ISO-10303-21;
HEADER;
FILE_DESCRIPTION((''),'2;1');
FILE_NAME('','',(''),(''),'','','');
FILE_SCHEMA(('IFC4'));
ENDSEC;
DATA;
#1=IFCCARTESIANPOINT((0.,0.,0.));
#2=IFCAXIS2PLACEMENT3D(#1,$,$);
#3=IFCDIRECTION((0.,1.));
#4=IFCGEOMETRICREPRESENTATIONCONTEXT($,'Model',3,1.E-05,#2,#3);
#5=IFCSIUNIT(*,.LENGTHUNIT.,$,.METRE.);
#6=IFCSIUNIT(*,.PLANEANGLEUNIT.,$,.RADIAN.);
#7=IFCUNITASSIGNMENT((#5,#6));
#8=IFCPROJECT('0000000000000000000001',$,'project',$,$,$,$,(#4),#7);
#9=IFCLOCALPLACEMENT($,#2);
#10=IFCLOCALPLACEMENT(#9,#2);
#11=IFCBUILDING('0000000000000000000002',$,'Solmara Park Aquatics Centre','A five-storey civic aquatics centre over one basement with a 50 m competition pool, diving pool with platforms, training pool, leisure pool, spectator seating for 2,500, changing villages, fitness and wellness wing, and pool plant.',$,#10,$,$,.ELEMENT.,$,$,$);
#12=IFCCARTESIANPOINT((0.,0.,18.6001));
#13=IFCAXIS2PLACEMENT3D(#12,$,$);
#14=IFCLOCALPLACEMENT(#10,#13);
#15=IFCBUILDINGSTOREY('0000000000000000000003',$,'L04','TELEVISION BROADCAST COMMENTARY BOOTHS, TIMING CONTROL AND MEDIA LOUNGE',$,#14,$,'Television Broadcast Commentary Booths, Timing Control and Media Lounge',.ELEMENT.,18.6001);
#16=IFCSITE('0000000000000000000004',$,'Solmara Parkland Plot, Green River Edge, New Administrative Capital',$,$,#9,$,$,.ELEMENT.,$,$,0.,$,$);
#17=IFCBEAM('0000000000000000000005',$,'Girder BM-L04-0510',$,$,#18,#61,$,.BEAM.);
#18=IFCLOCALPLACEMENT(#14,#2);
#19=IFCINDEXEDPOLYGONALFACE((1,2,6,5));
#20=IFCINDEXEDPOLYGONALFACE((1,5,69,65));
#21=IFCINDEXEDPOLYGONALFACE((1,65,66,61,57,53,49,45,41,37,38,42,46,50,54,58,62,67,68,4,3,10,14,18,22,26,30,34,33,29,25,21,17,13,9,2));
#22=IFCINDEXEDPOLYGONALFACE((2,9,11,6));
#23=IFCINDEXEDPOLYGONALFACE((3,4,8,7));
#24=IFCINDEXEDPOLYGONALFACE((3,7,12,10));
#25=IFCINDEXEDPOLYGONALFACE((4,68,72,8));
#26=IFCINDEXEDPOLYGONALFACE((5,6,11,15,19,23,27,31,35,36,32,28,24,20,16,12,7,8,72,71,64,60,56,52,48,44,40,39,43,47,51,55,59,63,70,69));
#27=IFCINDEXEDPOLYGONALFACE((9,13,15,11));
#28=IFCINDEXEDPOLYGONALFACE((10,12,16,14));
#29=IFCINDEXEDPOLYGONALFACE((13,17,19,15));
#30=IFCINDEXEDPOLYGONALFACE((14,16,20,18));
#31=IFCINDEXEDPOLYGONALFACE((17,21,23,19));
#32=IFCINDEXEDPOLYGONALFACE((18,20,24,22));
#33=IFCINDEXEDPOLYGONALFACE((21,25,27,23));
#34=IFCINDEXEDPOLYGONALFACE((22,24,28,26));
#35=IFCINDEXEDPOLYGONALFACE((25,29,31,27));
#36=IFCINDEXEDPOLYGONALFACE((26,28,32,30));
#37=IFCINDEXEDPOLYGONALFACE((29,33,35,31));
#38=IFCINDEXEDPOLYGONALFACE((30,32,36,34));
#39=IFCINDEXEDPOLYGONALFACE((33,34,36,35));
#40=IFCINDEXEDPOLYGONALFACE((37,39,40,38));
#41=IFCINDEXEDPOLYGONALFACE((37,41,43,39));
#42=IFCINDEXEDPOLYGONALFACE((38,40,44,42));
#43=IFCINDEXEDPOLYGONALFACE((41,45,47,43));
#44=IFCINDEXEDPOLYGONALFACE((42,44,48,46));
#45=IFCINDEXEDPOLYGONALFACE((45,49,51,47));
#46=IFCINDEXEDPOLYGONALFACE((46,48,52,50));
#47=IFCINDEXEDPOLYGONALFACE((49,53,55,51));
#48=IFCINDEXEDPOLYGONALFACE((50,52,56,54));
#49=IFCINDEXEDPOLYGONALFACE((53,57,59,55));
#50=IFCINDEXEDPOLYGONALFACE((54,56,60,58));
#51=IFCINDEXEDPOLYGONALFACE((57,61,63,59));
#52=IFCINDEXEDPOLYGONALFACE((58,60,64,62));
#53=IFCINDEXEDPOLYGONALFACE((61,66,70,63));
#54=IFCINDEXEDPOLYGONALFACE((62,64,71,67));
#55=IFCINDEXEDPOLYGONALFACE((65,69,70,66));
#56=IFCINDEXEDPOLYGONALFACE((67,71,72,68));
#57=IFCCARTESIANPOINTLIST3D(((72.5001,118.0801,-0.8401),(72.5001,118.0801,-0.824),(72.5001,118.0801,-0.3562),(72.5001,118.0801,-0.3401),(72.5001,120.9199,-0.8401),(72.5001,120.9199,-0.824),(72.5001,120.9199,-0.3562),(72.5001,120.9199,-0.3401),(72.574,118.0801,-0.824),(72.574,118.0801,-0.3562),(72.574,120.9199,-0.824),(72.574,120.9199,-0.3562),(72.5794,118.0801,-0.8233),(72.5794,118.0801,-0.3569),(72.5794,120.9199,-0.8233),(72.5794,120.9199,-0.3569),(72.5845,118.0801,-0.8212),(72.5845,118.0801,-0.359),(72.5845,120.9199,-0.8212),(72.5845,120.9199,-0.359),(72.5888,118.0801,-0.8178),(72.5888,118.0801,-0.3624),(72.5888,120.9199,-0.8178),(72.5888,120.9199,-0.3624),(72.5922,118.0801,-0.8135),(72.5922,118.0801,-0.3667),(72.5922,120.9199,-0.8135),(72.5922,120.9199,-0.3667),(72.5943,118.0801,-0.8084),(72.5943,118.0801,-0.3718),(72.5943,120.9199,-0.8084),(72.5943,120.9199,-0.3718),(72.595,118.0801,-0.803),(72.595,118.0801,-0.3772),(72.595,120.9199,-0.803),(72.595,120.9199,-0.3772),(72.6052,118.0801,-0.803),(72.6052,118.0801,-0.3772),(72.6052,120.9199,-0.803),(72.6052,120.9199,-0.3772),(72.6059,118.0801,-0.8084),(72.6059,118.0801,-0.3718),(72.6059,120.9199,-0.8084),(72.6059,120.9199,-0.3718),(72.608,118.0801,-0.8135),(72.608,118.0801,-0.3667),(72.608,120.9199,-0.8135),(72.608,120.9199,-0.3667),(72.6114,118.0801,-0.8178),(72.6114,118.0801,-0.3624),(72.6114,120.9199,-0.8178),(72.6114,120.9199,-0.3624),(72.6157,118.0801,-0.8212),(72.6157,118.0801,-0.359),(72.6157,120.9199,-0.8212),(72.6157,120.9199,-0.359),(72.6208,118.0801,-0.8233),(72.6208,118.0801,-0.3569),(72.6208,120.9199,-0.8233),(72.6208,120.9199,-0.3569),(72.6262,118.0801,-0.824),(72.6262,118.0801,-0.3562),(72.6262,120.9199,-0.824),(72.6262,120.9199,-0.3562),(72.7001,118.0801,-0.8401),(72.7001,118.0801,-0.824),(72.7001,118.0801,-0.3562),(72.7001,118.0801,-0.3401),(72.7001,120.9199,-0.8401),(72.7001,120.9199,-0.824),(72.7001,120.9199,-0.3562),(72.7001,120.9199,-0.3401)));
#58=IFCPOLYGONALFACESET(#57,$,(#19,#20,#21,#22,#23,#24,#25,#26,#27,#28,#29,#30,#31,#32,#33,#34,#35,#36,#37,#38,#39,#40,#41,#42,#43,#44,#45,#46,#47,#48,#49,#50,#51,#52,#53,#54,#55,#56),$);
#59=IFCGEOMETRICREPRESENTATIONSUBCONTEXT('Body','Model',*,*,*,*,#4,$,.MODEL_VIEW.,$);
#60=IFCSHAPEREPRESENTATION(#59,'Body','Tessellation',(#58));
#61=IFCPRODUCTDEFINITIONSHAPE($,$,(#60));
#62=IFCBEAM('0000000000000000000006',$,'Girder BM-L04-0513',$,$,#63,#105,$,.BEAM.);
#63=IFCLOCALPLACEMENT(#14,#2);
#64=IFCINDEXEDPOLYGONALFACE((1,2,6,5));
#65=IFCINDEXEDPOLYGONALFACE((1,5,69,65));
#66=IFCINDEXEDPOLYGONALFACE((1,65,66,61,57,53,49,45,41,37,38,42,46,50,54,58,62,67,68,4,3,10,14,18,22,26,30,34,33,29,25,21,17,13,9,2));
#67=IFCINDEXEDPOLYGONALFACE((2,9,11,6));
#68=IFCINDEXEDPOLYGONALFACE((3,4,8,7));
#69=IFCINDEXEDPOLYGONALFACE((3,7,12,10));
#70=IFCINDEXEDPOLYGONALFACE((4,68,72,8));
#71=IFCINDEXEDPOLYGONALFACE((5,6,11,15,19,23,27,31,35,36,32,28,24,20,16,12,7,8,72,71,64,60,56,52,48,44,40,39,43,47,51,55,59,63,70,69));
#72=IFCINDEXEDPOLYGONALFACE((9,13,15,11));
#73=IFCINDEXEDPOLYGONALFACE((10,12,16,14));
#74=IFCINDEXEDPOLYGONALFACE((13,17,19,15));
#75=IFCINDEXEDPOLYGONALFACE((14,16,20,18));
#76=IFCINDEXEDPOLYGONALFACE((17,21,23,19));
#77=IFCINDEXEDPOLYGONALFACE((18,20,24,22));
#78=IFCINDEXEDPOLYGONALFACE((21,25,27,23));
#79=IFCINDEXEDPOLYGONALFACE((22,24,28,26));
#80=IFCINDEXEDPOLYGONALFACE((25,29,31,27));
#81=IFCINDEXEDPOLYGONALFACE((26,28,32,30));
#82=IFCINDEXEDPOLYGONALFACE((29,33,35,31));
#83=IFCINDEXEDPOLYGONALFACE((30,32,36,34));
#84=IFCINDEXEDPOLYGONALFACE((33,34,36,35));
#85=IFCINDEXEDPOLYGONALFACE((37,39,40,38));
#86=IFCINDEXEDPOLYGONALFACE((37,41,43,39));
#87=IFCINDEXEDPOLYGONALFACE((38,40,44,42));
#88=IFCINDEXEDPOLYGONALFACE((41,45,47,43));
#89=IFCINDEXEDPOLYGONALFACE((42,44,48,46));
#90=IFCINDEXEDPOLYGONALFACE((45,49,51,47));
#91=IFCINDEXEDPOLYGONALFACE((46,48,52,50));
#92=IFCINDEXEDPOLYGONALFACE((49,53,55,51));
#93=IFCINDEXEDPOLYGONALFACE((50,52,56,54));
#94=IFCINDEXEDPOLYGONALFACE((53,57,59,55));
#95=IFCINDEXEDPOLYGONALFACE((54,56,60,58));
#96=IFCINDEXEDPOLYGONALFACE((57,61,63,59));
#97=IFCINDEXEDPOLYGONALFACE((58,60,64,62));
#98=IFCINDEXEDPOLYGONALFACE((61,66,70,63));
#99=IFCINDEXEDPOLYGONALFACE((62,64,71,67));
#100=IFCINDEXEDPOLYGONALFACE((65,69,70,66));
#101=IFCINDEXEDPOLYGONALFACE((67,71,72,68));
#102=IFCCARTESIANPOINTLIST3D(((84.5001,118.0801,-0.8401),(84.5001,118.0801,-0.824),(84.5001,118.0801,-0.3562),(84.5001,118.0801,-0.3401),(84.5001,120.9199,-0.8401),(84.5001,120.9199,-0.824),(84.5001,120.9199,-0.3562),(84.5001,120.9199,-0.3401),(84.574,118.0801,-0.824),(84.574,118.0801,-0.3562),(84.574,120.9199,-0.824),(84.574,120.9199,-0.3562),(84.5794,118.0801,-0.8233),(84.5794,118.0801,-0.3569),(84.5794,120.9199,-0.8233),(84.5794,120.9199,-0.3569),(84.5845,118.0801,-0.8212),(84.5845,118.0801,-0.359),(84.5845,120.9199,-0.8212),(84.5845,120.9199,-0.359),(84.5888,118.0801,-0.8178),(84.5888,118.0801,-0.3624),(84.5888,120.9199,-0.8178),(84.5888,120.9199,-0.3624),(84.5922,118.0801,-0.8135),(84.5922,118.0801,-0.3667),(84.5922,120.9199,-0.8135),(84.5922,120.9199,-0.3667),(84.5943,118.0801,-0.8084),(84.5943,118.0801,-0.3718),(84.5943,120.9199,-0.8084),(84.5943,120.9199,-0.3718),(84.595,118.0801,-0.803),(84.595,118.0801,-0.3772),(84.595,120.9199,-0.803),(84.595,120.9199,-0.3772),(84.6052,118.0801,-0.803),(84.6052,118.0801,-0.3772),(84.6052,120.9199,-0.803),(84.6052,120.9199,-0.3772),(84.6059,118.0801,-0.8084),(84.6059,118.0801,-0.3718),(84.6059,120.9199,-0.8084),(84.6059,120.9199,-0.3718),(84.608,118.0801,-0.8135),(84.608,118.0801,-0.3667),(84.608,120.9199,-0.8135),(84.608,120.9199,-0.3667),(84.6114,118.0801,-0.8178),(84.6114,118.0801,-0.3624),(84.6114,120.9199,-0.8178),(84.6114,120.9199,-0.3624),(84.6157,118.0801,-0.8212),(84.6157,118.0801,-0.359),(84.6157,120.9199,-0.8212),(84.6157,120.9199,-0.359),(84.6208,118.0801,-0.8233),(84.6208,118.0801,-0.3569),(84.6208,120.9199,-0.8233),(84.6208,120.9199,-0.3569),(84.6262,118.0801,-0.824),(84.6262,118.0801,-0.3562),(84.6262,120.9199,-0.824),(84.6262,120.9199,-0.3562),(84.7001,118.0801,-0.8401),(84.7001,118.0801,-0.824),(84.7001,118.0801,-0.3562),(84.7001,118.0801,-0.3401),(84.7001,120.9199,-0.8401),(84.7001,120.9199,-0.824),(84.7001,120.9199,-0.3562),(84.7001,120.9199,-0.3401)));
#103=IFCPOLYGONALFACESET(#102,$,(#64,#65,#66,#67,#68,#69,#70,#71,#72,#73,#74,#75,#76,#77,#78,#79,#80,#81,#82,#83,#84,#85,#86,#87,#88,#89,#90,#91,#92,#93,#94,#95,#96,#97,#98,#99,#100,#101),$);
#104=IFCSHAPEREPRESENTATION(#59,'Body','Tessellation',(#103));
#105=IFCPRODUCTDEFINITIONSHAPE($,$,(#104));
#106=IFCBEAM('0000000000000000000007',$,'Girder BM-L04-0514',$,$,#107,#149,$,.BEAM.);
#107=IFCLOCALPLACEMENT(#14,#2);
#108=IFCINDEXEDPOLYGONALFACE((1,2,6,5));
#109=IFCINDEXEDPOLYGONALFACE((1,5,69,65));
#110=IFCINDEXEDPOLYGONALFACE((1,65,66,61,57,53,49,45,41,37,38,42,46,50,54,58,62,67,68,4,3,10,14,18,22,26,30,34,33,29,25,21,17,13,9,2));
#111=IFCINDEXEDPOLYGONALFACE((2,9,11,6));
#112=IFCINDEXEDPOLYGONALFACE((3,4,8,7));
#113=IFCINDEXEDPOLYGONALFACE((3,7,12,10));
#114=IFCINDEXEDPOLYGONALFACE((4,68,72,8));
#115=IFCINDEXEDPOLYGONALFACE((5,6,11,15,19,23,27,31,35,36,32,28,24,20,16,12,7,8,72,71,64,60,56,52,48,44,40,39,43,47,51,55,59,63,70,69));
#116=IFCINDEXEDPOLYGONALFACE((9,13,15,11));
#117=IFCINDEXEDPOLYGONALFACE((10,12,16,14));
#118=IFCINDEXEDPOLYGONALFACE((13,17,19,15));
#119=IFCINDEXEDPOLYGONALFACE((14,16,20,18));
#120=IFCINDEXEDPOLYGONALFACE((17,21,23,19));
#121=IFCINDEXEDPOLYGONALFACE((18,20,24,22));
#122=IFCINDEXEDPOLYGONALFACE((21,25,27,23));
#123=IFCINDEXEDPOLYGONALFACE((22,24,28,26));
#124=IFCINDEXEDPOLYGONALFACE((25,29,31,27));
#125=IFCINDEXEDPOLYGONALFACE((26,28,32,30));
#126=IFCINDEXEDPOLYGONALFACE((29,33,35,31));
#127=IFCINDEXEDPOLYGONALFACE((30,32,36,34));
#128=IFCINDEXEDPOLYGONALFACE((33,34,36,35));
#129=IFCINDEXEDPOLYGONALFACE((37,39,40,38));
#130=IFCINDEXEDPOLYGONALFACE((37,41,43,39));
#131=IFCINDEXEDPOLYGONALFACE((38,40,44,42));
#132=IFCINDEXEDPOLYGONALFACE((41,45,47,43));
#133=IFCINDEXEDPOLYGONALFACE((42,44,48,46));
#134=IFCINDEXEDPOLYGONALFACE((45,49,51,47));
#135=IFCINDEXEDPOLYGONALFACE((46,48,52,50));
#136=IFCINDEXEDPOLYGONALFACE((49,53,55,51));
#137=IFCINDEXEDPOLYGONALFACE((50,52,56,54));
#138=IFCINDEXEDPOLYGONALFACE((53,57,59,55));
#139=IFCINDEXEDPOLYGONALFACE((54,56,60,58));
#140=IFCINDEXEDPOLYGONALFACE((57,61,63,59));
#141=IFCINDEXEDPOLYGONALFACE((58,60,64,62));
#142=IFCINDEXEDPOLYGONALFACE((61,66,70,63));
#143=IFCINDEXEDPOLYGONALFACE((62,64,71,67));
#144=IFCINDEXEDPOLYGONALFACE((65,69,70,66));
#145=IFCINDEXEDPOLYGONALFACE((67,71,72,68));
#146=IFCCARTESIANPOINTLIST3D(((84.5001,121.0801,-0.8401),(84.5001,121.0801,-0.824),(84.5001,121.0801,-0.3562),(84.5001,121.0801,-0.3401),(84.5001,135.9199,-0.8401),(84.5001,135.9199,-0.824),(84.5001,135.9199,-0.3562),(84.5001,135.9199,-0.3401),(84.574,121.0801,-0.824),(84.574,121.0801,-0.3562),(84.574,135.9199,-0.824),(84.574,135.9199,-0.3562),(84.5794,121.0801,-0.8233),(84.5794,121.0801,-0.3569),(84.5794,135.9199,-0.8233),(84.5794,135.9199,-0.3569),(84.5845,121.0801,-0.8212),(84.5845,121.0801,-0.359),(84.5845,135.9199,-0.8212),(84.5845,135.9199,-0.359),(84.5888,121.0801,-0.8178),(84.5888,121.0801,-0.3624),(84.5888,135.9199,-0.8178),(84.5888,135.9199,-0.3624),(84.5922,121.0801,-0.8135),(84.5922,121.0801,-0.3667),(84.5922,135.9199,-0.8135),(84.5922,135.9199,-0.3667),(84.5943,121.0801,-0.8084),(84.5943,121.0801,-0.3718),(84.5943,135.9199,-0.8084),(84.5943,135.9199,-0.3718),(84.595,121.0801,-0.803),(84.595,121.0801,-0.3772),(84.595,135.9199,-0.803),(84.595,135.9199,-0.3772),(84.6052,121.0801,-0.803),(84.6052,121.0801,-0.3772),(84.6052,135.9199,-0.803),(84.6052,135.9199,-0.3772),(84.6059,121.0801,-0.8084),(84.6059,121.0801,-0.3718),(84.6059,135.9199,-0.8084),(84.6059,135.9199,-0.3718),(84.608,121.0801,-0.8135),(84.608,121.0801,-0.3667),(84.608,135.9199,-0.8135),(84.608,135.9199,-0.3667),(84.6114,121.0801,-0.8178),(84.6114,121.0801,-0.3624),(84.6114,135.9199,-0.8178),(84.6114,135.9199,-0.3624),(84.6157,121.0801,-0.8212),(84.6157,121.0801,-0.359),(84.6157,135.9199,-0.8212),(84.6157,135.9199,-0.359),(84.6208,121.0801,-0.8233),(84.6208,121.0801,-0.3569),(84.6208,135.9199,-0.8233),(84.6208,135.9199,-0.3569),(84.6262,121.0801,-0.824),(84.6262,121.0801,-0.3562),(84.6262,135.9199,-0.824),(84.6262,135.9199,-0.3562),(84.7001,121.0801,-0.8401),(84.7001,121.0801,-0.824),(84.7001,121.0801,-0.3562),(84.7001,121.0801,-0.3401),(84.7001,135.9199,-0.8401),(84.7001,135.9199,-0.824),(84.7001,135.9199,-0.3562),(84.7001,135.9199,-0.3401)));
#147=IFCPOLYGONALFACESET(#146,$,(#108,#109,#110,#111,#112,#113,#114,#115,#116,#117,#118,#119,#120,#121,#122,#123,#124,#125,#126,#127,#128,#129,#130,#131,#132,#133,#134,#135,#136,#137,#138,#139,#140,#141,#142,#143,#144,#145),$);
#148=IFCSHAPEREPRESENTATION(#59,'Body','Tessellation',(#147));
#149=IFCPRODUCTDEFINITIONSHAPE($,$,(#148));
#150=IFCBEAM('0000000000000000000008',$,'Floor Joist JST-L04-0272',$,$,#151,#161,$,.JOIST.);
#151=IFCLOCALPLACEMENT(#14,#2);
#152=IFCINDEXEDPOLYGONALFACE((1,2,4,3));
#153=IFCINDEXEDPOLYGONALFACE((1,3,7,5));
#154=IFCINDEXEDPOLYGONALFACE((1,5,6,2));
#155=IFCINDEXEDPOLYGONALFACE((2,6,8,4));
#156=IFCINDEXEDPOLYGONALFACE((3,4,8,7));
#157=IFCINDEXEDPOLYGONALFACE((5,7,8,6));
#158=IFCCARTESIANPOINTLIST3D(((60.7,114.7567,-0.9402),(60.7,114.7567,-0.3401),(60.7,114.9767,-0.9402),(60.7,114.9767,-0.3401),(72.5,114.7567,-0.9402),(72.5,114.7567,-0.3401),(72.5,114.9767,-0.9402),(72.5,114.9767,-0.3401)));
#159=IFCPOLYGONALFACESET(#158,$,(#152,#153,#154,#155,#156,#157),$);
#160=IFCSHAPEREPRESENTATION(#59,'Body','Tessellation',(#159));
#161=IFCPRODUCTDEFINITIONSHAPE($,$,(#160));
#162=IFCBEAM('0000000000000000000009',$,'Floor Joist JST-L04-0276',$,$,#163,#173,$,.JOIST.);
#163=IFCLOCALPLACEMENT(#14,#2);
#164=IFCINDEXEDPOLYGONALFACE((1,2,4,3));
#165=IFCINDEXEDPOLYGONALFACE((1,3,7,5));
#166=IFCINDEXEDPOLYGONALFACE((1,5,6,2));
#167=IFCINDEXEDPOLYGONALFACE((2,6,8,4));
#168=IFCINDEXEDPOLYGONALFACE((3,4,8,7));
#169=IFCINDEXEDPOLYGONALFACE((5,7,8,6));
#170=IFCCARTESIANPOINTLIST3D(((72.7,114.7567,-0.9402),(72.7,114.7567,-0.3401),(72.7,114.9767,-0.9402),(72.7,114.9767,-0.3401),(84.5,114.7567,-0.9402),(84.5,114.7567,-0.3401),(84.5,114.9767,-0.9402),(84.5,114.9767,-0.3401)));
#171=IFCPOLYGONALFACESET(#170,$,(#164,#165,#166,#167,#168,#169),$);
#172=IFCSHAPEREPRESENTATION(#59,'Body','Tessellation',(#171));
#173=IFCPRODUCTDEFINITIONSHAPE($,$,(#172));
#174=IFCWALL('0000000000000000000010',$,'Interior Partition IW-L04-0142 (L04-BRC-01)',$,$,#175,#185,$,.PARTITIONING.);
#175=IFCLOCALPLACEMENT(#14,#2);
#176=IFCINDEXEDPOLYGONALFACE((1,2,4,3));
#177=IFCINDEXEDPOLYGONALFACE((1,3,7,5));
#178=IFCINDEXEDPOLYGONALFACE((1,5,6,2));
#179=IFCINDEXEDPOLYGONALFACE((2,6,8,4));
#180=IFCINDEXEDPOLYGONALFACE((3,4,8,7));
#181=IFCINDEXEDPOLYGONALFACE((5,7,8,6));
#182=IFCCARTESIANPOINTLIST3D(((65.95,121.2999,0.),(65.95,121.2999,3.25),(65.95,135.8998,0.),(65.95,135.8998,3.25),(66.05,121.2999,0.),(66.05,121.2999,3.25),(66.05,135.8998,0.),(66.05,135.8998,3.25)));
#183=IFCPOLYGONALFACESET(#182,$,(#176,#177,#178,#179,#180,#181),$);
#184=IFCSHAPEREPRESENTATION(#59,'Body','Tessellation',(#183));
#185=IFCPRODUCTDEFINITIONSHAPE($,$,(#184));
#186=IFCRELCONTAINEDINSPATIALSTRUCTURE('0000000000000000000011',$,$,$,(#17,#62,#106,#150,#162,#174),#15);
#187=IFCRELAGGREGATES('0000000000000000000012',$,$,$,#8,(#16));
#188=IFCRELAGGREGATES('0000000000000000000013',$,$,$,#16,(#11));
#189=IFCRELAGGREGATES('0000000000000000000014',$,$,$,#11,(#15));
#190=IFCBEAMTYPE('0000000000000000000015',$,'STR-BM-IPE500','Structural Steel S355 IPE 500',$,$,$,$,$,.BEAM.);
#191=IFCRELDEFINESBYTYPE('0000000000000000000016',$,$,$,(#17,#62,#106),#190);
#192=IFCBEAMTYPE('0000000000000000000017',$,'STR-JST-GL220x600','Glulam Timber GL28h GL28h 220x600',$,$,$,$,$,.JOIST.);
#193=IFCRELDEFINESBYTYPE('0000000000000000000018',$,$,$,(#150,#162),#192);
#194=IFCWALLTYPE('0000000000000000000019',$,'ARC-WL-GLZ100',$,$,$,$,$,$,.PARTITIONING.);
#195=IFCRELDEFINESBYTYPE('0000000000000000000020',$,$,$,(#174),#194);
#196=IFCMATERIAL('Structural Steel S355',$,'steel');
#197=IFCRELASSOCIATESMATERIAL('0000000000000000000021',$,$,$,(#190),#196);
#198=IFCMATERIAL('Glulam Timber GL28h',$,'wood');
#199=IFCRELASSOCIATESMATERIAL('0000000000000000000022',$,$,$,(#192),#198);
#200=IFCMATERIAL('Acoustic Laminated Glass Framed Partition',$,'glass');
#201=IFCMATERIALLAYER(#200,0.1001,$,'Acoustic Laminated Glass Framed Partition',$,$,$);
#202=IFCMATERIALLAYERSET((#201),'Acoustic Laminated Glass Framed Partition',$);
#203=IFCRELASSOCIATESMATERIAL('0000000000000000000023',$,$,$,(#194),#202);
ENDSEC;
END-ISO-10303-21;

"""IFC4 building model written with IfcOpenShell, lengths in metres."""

from ifc_helpers import new_model, si_unit, direction, frame, frame_2d, origin, origin_2d, place, context, subcontext, project, spatial, rectangle, i_section, extrude, material, layer, layer_set, material_profile, profile_set, type_object, element, save


model = new_model("IFC4")

# Units and contexts
model_context = context("Model", 3, precision=1e-05, world=origin(), true_north=direction((0.0, 1.0)))
body_context = subcontext(model_context, "Body", "Model", "MODEL_VIEW")
ifc_project = project(units=[si_unit("LENGTHUNIT", "METRE"), si_unit("PLANEANGLEUNIT", "RADIAN")], contexts=[model_context])

# Site, building, storey
site_placement = place(None, origin())
site = spatial("IfcSite", under=ifc_project, at=site_placement, Name="Solmara Parkland Plot, Green River Edge, New Administrative Capital", CompositionType="ELEMENT", RefElevation=0.0)
building_placement = place(site_placement, origin())
building = spatial("IfcBuilding", under=site, at=building_placement, Name="Solmara Park Aquatics Centre", Description="A five-storey civic aquatics centre over one basement with a 50 m competition pool, diving pool with platforms, training pool, leisure pool, spectator seating for 2,500, changing villages, fitness and wellness wing, and pool plant.", CompositionType="ELEMENT")
storey_placement = place(building_placement, frame((0.0, 0.0, 18.6001)))
storey = spatial("IfcBuildingStorey", under=building, at=storey_placement, Name="L04", Description="TELEVISION BROADCAST COMMENTARY BOOTHS, TIMING CONTROL AND MEDIA LOUNGE", LongName="Television Broadcast Commentary Booths, Timing Control and Media Lounge", CompositionType="ELEMENT", Elevation=18.6001)

# Beams
ifc_material_1 = material(Name="Glulam Timber GL28h", Category="wood")
ifc_material_2 = material(Name="Structural Steel S355", Category="steel")
ifc_material_profile_1 = material_profile(ifc_material_2, i_section(OverallWidth=0.2, OverallDepth=0.5, WebThickness=0.0103, FlangeThickness=0.0161, FilletRadius=0.021, at=origin_2d()), Name="IPE 500")
ifc_profile_set_1 = profile_set([ifc_material_profile_1], Name="Structural Steel S355")
beam_type_1 = type_object("IfcBeamType", Name="STR-BM-IPE500", Description="Structural Steel S355 IPE 500", PredefinedType="BEAM", material=ifc_profile_set_1)
for number, where, z_axis, x_axis, name in (
    (1, (72.6001, 118.0801, -0.5901), (0.0, 1.0, 0.0), (-1.0, 0.0, 0.0), "Girder BM-L04-0510"),
    (2, (84.6001, 118.0801, -0.5901), (0.0, 1.0, 0.0), (-1.0, 0.0, 0.0), "Girder BM-L04-0513"),
):
    element("IfcBeam", number, at=place(storey_placement, frame(where, z_axis=z_axis, x_axis=x_axis)), inside=storey, type_object=beam_type_1, Name=name, PredefinedType="BEAM", context=body_context, shape_type="SweptSolid", body=[
        extrude(i_section(OverallWidth=0.2, OverallDepth=0.5, WebThickness=0.0103, FlangeThickness=0.0161, FilletRadius=0.021, at=origin_2d()), origin(), (0.0, 0.0, 1.0), 2.8398),
    ])
beam_1_placement = place(storey_placement, frame((84.6001, 121.0801, -0.5901), z_axis=(0.0, 1.0, 0.0), x_axis=(-1.0, 0.0, 0.0)))
element("IfcBeam", 3, at=beam_1_placement, inside=storey, type_object=beam_type_1, Name="Girder BM-L04-0514", PredefinedType="BEAM", context=body_context, shape_type="SweptSolid", body=[
    extrude(i_section(OverallWidth=0.2, OverallDepth=0.5, WebThickness=0.0103, FlangeThickness=0.0161, FilletRadius=0.021, at=origin_2d()), origin(), (0.0, 0.0, 1.0), 14.8398),
])
ifc_material_profile_2 = material_profile(ifc_material_1, rectangle(XDim=0.22, YDim=0.6001, at=origin_2d()), Name="GL28h 220x600")
ifc_profile_set_2 = profile_set([ifc_material_profile_2], Name="Glulam Timber GL28h")
beam_type_2 = type_object("IfcBeamType", Name="STR-JST-GL220x600", Description="Glulam Timber GL28h GL28h 220x600", PredefinedType="JOIST", material=ifc_profile_set_2)
for number, where, z_axis, x_axis, name in (
    (4, (60.7, 114.8667, -0.6401), (1.0, 0.0, 0.0), (0.0, 1.0, 0.0), "Floor Joist JST-L04-0272"),
    (5, (72.7, 114.8667, -0.6401), (1.0, 0.0, 0.0), (0.0, 1.0, 0.0), "Floor Joist JST-L04-0276"),
):
    element("IfcBeam", number, at=place(storey_placement, frame(where, z_axis=z_axis, x_axis=x_axis)), inside=storey, type_object=beam_type_2, Name=name, PredefinedType="JOIST", context=body_context, shape_type="SweptSolid", body=[
        extrude(rectangle(XDim=0.22, YDim=0.6001, at=origin_2d()), origin(), (0.0, 0.0, 1.0), 11.8),
    ])

# Wall
ifc_material_3 = material(Name="Acoustic Laminated Glass Framed Partition", Category="glass")
ifc_layer_1 = layer(ifc_material_3, 0.1001, Name="Acoustic Laminated Glass Framed Partition")
ifc_layer_set_1 = layer_set([ifc_layer_1], Name="Acoustic Laminated Glass Framed Partition")
wall_type_1 = type_object("IfcWallType", Name="ARC-WL-GLZ100", PredefinedType="PARTITIONING", material=ifc_layer_set_1)
wall_1_placement = place(storey_placement, frame((66.0, 121.3, 0.0), z_axis=(0.0, 0.0, 1.0), x_axis=(0.0, 1.0, 0.0)))
element("IfcWall", 6, at=wall_1_placement, inside=storey, type_object=wall_type_1, Name="Interior Partition IW-L04-0142 (L04-BRC-01)", PredefinedType="PARTITIONING", context=body_context, shape_type="SweptSolid", body=[
    extrude(rectangle(XDim=14.5999, YDim=0.1001, at=frame_2d((7.2998, 0.0))), origin(), (0.0, 0.0, 1.0), 3.25),
])

save(model, "model.ifc")
